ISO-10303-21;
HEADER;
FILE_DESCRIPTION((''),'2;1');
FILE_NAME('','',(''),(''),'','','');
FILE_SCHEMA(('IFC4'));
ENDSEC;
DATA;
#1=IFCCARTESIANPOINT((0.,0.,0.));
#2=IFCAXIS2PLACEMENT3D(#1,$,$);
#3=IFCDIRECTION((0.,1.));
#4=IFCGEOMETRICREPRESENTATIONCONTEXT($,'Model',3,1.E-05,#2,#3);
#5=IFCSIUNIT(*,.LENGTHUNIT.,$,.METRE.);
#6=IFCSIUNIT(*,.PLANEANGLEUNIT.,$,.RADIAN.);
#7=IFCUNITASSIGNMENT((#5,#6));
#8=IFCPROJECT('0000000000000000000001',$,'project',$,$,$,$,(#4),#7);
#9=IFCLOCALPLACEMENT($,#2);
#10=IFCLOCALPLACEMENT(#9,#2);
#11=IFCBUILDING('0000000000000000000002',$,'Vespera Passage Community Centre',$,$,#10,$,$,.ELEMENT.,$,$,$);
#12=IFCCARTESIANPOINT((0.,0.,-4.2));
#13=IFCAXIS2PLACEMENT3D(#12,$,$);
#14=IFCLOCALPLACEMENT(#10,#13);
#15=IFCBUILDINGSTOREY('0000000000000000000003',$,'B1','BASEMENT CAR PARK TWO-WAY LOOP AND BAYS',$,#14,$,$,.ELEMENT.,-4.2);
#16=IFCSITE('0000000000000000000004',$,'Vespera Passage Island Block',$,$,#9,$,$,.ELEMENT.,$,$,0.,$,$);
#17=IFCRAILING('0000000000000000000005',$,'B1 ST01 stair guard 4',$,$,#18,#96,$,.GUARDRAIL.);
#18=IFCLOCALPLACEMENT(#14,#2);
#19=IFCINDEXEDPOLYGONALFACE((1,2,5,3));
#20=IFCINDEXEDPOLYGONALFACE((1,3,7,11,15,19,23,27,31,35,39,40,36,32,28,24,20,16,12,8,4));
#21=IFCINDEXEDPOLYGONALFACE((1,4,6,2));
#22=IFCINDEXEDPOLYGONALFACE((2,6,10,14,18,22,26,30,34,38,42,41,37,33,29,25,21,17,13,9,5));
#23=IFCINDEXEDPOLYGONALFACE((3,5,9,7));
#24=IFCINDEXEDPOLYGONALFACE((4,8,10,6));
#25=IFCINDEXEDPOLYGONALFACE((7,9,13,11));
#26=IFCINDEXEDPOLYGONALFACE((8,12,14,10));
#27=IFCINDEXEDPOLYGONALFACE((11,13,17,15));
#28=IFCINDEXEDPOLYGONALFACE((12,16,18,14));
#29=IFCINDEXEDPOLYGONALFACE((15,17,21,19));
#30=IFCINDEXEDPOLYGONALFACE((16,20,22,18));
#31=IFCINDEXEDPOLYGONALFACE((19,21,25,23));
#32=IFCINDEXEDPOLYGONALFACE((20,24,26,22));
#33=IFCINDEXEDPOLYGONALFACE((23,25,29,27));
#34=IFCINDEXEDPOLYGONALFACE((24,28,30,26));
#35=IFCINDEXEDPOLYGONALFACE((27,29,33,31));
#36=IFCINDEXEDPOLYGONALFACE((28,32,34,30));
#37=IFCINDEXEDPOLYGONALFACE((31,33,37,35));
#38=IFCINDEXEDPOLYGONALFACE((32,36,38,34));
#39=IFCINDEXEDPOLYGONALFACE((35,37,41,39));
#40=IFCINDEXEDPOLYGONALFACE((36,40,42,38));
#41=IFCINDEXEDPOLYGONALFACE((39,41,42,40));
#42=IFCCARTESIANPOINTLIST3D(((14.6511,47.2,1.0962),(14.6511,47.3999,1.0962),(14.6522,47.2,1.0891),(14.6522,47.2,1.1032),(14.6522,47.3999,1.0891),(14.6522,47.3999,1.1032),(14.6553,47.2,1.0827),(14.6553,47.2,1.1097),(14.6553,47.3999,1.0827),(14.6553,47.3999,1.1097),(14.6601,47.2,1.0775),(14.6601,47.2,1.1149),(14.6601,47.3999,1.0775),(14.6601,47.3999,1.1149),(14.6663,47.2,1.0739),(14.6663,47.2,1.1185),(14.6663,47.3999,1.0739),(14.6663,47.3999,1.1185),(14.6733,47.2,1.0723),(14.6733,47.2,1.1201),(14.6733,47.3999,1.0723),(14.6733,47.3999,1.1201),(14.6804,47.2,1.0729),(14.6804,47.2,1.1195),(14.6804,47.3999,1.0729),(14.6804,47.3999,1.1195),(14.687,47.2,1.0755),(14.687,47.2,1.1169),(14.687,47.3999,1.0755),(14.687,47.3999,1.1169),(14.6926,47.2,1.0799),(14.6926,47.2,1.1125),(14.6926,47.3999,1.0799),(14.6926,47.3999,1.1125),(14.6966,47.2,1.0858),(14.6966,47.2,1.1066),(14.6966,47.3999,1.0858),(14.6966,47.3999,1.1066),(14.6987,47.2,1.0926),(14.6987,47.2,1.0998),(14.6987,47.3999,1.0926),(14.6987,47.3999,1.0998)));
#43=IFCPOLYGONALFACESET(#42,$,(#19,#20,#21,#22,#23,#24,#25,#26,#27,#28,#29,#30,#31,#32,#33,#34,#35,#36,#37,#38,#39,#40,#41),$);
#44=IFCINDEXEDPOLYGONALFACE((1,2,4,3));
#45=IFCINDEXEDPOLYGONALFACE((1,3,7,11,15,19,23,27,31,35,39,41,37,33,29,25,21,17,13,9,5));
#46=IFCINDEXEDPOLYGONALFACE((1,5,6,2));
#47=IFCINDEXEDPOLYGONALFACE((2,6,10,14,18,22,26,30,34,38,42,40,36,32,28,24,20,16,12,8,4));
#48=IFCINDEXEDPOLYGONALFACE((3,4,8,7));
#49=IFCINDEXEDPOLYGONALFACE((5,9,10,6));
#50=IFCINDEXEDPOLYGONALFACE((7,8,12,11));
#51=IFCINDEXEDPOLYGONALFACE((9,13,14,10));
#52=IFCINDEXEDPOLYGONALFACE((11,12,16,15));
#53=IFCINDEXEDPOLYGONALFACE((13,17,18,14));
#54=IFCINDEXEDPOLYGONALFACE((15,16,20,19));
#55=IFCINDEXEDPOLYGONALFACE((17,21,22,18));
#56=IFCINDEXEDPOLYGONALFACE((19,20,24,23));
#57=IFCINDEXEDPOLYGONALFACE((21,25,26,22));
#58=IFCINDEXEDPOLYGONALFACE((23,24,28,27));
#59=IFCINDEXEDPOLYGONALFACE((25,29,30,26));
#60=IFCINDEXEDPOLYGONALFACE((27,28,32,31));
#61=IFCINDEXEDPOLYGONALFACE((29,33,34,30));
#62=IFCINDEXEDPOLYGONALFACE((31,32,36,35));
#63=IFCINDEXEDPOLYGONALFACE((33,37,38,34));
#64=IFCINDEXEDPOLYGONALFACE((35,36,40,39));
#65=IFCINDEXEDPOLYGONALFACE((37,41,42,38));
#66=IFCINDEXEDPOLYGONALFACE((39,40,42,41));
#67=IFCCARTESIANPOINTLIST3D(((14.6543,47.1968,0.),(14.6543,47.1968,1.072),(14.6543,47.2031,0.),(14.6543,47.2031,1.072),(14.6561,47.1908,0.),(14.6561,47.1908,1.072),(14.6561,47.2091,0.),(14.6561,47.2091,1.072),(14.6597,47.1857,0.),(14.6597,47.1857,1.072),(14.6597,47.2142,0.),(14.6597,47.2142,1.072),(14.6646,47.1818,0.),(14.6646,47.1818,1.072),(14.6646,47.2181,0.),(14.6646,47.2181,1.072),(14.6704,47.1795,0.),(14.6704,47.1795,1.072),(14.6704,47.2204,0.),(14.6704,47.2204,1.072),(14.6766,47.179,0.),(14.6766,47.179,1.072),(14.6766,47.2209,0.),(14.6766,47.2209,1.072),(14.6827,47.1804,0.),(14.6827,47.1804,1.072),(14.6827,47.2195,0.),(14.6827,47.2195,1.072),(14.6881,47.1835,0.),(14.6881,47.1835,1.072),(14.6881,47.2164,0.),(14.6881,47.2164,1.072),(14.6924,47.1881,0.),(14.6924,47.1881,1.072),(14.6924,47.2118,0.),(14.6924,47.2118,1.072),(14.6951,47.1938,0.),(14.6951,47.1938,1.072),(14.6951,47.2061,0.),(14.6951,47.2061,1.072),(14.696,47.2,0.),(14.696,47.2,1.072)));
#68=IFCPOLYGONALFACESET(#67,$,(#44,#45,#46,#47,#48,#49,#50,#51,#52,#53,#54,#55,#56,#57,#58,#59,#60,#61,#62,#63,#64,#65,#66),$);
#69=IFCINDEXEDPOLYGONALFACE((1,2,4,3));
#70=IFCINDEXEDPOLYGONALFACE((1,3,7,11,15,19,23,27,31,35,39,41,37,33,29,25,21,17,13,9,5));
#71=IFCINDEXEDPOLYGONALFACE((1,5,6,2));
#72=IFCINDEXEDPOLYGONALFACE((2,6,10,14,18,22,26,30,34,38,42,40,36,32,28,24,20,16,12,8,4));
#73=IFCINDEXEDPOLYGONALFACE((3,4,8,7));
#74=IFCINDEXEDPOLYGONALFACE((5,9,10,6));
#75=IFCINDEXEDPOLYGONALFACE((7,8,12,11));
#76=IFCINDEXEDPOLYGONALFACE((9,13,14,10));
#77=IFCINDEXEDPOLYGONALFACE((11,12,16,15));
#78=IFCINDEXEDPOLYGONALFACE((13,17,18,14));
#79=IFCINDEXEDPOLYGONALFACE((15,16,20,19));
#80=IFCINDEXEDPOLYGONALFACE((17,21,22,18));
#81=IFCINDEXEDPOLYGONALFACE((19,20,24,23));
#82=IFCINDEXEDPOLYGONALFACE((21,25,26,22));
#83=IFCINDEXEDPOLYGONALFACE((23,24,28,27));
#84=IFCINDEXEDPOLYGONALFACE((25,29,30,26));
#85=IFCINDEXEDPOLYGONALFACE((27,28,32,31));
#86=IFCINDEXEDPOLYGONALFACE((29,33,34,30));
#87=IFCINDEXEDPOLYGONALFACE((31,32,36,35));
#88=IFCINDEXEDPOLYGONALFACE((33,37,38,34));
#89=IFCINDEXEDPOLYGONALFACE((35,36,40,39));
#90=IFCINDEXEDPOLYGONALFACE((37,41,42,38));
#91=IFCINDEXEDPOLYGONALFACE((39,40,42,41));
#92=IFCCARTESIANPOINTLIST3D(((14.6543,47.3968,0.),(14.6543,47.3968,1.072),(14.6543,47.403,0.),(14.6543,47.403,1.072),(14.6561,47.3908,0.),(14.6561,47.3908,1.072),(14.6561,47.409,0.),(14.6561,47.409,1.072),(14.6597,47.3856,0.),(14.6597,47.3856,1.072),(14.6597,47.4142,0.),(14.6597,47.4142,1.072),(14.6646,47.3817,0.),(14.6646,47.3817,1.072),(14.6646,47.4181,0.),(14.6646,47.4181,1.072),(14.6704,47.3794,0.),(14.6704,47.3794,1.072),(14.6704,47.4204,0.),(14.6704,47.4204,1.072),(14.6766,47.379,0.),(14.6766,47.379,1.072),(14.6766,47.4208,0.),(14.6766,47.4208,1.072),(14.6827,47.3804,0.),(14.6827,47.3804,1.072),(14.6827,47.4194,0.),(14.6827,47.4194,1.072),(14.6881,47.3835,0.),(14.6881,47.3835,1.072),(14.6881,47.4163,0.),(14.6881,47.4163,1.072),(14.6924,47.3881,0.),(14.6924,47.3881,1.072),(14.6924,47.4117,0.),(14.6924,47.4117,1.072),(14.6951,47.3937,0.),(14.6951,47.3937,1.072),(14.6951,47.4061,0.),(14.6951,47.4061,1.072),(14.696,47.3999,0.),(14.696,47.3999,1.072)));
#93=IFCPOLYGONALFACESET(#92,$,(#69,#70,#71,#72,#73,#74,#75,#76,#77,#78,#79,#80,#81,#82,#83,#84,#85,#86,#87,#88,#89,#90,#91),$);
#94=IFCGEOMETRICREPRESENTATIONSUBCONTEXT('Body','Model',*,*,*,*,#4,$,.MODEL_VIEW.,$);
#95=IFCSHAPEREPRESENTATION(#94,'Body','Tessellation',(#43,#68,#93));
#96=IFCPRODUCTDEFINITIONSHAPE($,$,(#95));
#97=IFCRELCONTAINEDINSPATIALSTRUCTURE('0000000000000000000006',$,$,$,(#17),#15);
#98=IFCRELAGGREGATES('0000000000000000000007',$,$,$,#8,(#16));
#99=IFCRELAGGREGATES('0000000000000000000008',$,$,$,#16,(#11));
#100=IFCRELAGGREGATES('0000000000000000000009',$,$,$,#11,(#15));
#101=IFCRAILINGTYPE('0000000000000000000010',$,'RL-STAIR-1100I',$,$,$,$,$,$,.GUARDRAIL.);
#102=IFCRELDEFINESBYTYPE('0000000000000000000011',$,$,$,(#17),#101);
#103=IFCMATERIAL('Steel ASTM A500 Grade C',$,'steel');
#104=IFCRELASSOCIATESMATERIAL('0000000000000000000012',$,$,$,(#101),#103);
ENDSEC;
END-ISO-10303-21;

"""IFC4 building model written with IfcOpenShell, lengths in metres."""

from ifc_helpers import new_model, si_unit, direction, frame, origin, origin_2d, place, context, subcontext, project, spatial, circle, extrude, material, type_object, element, save


model = new_model("IFC4")

# Units and contexts
model_context = context("Model", 3, precision=1e-05, world=origin(), true_north=direction((0.0, 1.0)))
body_context = subcontext(model_context, "Body", "Model", "MODEL_VIEW")
ifc_project = project(units=[si_unit("LENGTHUNIT", "METRE"), si_unit("PLANEANGLEUNIT", "RADIAN")], contexts=[model_context])

# Site, building, storey
site_placement = place(None, origin())
site = spatial("IfcSite", under=ifc_project, at=site_placement, Name="Vespera Passage Island Block", CompositionType="ELEMENT", RefElevation=0.0)
building_placement = place(site_placement, origin())
building = spatial("IfcBuilding", under=site, at=building_placement, Name="Vespera Passage Community Centre", CompositionType="ELEMENT")
storey_placement = place(building_placement, frame((0.0, 0.0, -4.2)))
storey = spatial("IfcBuildingStorey", under=building, at=storey_placement, Name="B1", Description="BASEMENT CAR PARK TWO-WAY LOOP AND BAYS", CompositionType="ELEMENT", Elevation=-4.2)

# Railing
ifc_material_1 = material(Name="Steel ASTM A500 Grade C", Category="steel")
railing_type_1 = type_object("IfcRailingType", Name="RL-STAIR-1100I", PredefinedType="GUARDRAIL", material=ifc_material_1)
railing_1_placement = place(storey_placement, frame((14.675, 47.2, 0.0)))
element("IfcRailing", 1, at=railing_1_placement, inside=storey, type_object=railing_type_1, Name="B1 ST01 stair guard 4", PredefinedType="GUARDRAIL", context=body_context, shape_type="SweptSolid", body=[
    extrude(circle(Radius=0.0239, at=origin_2d()), frame((0.0, 0.0, 1.0962), z_axis=(0.0, 1.0, 0.0), x_axis=(-1.0, 0.0, 0.0)), (0.0, 0.0, 1.0), 0.2),
    extrude(circle(Radius=0.021, at=origin_2d()), origin(), (0.0, 0.0, 1.0), 1.072),
    extrude(circle(Radius=0.021, at=origin_2d()), frame((0.0, 0.2, 0.0)), (0.0, 0.0, 1.0), 1.072),
])

save(model, "model.ifc")
